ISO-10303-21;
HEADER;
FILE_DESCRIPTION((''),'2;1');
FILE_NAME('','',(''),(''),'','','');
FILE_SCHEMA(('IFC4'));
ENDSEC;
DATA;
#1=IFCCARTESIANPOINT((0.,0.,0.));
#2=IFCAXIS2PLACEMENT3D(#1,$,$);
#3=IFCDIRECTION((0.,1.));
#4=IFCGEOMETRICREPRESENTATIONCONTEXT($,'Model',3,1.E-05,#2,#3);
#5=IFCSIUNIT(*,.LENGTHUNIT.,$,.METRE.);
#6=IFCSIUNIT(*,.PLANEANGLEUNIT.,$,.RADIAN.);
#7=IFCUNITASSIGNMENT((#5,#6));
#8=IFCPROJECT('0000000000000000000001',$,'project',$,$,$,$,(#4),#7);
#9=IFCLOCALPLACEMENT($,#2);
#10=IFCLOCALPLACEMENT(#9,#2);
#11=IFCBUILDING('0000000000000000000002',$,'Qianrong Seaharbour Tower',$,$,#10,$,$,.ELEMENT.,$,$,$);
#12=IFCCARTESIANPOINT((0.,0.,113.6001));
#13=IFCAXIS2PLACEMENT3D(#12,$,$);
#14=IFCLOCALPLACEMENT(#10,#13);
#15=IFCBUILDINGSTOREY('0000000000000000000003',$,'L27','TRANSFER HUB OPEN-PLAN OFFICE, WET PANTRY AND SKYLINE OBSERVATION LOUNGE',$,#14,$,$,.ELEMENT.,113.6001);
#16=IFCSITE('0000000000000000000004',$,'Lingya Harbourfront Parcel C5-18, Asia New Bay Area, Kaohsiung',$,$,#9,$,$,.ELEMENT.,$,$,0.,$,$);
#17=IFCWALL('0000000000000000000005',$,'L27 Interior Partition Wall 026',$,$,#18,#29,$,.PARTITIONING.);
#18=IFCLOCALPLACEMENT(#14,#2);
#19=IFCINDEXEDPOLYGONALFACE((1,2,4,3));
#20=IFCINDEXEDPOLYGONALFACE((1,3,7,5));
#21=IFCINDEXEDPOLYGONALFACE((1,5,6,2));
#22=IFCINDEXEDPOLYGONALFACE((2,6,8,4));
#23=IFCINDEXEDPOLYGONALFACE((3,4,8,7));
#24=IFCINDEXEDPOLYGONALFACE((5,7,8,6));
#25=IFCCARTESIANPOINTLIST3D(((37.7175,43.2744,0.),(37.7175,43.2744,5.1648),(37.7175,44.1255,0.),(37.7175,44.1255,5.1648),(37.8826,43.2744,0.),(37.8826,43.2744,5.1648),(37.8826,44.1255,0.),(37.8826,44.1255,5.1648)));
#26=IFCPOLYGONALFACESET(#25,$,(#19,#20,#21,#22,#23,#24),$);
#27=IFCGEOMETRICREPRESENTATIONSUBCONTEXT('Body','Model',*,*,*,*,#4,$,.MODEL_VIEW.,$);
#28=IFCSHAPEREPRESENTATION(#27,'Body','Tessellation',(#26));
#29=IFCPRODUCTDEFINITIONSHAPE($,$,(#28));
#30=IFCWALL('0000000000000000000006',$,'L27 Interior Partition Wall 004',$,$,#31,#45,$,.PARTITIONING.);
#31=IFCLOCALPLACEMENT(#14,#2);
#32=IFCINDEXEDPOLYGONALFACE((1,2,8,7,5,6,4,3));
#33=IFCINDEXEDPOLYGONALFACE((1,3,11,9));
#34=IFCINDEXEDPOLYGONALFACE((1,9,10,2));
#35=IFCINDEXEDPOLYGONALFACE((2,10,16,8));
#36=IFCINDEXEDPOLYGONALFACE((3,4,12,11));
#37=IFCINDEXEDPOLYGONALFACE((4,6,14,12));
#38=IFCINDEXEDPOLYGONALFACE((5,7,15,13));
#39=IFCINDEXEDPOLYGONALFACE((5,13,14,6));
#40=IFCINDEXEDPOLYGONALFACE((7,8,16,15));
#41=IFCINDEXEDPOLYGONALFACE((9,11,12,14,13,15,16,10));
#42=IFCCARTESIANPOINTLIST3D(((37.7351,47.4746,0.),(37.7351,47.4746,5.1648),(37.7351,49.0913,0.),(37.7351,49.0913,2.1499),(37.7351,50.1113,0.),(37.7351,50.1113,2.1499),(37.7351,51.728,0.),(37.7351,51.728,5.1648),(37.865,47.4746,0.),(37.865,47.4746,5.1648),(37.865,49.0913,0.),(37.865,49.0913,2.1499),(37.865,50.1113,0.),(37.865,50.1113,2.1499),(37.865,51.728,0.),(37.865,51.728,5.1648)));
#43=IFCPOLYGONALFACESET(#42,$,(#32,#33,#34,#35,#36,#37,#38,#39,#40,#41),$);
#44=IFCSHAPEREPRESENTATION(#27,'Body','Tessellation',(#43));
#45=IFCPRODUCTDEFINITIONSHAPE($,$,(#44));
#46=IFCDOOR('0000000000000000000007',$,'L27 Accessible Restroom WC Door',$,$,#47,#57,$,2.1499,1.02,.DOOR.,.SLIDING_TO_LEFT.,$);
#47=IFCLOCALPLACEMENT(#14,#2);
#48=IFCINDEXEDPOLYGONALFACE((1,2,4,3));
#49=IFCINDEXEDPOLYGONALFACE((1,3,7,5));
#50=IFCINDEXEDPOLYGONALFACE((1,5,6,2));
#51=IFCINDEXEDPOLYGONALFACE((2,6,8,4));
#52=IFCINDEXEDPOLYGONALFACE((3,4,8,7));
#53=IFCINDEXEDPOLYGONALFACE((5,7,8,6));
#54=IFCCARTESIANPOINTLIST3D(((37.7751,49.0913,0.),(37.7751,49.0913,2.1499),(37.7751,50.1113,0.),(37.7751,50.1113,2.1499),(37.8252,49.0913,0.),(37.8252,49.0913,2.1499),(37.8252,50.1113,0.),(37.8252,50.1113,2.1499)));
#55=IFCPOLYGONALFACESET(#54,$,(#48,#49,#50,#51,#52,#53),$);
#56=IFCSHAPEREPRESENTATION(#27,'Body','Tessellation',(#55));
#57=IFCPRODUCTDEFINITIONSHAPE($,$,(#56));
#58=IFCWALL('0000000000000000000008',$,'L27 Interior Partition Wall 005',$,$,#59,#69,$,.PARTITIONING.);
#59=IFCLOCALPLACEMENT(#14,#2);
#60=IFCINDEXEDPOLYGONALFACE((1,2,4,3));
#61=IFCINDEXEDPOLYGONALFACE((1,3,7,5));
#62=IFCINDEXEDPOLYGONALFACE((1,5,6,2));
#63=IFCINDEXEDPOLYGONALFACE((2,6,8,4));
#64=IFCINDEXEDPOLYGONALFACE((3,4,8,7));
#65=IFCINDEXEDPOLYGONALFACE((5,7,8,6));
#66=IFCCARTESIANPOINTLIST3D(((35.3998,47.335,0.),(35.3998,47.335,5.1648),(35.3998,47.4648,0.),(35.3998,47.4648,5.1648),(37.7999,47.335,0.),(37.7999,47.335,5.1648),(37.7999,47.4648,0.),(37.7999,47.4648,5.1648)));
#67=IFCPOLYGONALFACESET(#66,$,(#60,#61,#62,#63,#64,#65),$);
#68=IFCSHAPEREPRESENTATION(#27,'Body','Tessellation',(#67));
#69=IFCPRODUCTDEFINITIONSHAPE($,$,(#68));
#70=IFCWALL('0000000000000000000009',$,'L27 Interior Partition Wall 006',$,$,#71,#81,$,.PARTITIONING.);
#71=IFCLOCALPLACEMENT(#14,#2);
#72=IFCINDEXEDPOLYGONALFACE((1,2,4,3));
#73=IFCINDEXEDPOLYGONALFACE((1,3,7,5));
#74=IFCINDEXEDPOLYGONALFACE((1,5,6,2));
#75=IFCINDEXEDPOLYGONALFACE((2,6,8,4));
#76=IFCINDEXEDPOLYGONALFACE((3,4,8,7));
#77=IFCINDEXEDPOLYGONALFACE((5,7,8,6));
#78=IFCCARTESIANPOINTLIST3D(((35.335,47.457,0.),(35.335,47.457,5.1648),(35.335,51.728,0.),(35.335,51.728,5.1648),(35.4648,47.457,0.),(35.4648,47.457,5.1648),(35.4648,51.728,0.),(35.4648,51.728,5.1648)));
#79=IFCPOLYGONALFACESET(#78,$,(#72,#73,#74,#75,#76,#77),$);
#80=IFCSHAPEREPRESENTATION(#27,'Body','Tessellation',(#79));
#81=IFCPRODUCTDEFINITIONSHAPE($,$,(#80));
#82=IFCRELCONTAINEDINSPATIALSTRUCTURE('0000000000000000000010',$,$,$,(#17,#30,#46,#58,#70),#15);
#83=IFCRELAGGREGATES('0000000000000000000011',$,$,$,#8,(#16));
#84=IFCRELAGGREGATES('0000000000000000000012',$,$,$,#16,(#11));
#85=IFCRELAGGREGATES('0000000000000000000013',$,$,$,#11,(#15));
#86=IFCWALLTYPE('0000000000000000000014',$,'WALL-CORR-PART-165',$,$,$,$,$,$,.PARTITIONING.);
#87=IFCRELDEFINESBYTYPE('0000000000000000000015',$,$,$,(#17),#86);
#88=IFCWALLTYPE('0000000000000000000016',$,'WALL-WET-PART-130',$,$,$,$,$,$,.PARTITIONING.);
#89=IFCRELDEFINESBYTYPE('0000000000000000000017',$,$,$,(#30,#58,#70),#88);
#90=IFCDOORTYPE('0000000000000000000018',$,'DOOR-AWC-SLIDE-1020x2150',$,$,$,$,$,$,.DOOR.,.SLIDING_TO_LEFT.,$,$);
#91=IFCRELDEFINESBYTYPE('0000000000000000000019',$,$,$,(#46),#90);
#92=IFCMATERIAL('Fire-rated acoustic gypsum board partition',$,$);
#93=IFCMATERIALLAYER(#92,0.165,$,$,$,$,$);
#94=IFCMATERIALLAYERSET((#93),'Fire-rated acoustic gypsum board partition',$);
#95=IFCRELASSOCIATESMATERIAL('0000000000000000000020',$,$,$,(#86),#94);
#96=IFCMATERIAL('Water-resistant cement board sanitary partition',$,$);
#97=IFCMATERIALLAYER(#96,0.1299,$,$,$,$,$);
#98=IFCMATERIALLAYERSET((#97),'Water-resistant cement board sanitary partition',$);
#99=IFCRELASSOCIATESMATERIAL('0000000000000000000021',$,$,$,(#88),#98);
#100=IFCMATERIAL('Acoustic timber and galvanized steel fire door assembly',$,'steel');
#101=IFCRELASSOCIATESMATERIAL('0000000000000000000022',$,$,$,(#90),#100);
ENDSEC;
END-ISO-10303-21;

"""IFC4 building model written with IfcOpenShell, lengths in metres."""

from ifc_helpers import new_model, si_unit, direction, frame, frame_2d, origin, place, context, subcontext, project, spatial, rectangle, extrude, material, layer, layer_set, type_object, element, fill, save


model = new_model("IFC4")

# Units and contexts
model_context = context("Model", 3, precision=1e-05, world=origin(), true_north=direction((0.0, 1.0)))
body_context = subcontext(model_context, "Body", "Model", "MODEL_VIEW")
ifc_project = project(units=[si_unit("LENGTHUNIT", "METRE"), si_unit("PLANEANGLEUNIT", "RADIAN")], contexts=[model_context])

# Site, building, storey
site_placement = place(None, origin())
site = spatial("IfcSite", under=ifc_project, at=site_placement, Name="Lingya Harbourfront Parcel C5-18, Asia New Bay Area, Kaohsiung", CompositionType="ELEMENT", RefElevation=0.0)
building_placement = place(site_placement, origin())
building = spatial("IfcBuilding", under=site, at=building_placement, Name="Qianrong Seaharbour Tower", CompositionType="ELEMENT")
storey_placement = place(building_placement, frame((0.0, 0.0, 113.6001)))
storey = spatial("IfcBuildingStorey", under=building, at=storey_placement, Name="L27", Description="TRANSFER HUB OPEN-PLAN OFFICE, WET PANTRY AND SKYLINE OBSERVATION LOUNGE", CompositionType="ELEMENT", Elevation=113.6001)

# Shared definitions
ifc_material_1 = material(Name="Fire-rated acoustic gypsum board partition")
ifc_layer_1 = layer(ifc_material_1, 0.165)
ifc_layer_set_1 = layer_set([ifc_layer_1], Name="Fire-rated acoustic gypsum board partition")
wall_type_1 = type_object("IfcWallType", Name="WALL-CORR-PART-165", PredefinedType="PARTITIONING", material=ifc_layer_set_1)
ifc_material_2 = material(Name="Acoustic timber and galvanized steel fire door assembly", Category="steel")

# Wall
wall_1_placement = place(storey_placement, frame((37.8, 43.2744, 0.0), z_axis=(0.0, 0.0, 1.0), x_axis=(0.0, 1.0, 0.0)))
element("IfcWall", 1, at=wall_1_placement, inside=storey, type_object=wall_type_1, Name="L27 Interior Partition Wall 026", PredefinedType="PARTITIONING", context=body_context, shape_type="SweptSolid", body=[
    extrude(rectangle(XDim=0.8511, YDim=0.165, at=frame_2d((0.4255, 0.0))), origin(), (0.0, 0.0, 1.0), 5.1648),
])

# Wall, opening, door
ifc_material_3 = material(Name="Water-resistant cement board sanitary partition")
ifc_layer_2 = layer(ifc_material_3, 0.1299)
ifc_layer_set_2 = layer_set([ifc_layer_2], Name="Water-resistant cement board sanitary partition")
wall_type_2 = type_object("IfcWallType", Name="WALL-WET-PART-130", PredefinedType="PARTITIONING", material=ifc_layer_set_2)
wall_2_placement = place(storey_placement, frame((37.8, 47.4746, 0.0), z_axis=(0.0, 0.0, 1.0), x_axis=(0.0, 1.0, 0.0)))
wall_2 = element("IfcWall", 2, at=wall_2_placement, inside=storey, type_object=wall_type_2, Name="L27 Interior Partition Wall 004", PredefinedType="PARTITIONING", context=body_context, shape_type="SweptSolid", body=[
    extrude(rectangle(XDim=4.2534, YDim=0.1299, at=frame_2d((2.1267, 0.0))), origin(), (0.0, 0.0, 1.0), 5.1648),
])
opening_1_placement = place(wall_2_placement, frame((1.6167, 0.0, 0.0)))
opening_1 = element("IfcOpeningElement", 3, at=opening_1_placement, cuts=wall_2, PredefinedType="OPENING", context=body_context, shape_type="SweptSolid", body=[
    extrude(rectangle(XDim=1.02, YDim=2.1499, at=frame_2d((0.51, 1.075))), frame((0.0, 0.075, 0.0), z_axis=(0.0, -1.0, 0.0), x_axis=(1.0, 0.0, 0.0)), (0.0, 0.0, 1.0), 0.1499),
])
door_type_1 = type_object("IfcDoorType", Name="DOOR-AWC-SLIDE-1020x2150", OperationType="SLIDING_TO_LEFT", PredefinedType="DOOR", material=ifc_material_2)
door_1_placement = place(opening_1_placement, origin())
door_1 = element("IfcDoor", 4, at=door_1_placement, inside=storey, type_object=door_type_1, Name="L27 Accessible Restroom WC Door", OperationType="SLIDING_TO_LEFT", OverallHeight=2.1499, OverallWidth=1.02, PredefinedType="DOOR", context=body_context, shape_type="SweptSolid", body=[
    extrude(rectangle(XDim=1.02, YDim=2.1499, at=frame_2d((0.51, 1.075))), frame((0.0, 0.0249, 0.0), z_axis=(0.0, -1.0, 0.0), x_axis=(1.0, 0.0, 0.0)), (0.0, 0.0, 1.0), 0.05),
])
fill(opening_1, door_1)

# Walls
wall_3_placement = place(storey_placement, frame((37.8, 47.3999, 0.0), z_axis=(0.0, 0.0, 1.0), x_axis=(-1.0, 0.0, 0.0)))
element("IfcWall", 5, at=wall_3_placement, inside=storey, type_object=wall_type_2, Name="L27 Interior Partition Wall 005", PredefinedType="PARTITIONING", context=body_context, shape_type="SweptSolid", body=[
    extrude(rectangle(XDim=2.4001, YDim=0.1299, at=frame_2d((1.2002, 0.0))), origin(), (0.0, 0.0, 1.0), 5.1648),
])
wall_4_placement = place(storey_placement, frame((35.3999, 47.457, 0.0), z_axis=(0.0, 0.0, 1.0), x_axis=(0.0, 1.0, 0.0)))
element("IfcWall", 6, at=wall_4_placement, inside=storey, type_object=wall_type_2, Name="L27 Interior Partition Wall 006", PredefinedType="PARTITIONING", context=body_context, shape_type="SweptSolid", body=[
    extrude(rectangle(XDim=4.271, YDim=0.1299, at=frame_2d((2.1355, 0.0))), origin(), (0.0, 0.0, 1.0), 5.1648),
])

save(model, "model.ifc")
